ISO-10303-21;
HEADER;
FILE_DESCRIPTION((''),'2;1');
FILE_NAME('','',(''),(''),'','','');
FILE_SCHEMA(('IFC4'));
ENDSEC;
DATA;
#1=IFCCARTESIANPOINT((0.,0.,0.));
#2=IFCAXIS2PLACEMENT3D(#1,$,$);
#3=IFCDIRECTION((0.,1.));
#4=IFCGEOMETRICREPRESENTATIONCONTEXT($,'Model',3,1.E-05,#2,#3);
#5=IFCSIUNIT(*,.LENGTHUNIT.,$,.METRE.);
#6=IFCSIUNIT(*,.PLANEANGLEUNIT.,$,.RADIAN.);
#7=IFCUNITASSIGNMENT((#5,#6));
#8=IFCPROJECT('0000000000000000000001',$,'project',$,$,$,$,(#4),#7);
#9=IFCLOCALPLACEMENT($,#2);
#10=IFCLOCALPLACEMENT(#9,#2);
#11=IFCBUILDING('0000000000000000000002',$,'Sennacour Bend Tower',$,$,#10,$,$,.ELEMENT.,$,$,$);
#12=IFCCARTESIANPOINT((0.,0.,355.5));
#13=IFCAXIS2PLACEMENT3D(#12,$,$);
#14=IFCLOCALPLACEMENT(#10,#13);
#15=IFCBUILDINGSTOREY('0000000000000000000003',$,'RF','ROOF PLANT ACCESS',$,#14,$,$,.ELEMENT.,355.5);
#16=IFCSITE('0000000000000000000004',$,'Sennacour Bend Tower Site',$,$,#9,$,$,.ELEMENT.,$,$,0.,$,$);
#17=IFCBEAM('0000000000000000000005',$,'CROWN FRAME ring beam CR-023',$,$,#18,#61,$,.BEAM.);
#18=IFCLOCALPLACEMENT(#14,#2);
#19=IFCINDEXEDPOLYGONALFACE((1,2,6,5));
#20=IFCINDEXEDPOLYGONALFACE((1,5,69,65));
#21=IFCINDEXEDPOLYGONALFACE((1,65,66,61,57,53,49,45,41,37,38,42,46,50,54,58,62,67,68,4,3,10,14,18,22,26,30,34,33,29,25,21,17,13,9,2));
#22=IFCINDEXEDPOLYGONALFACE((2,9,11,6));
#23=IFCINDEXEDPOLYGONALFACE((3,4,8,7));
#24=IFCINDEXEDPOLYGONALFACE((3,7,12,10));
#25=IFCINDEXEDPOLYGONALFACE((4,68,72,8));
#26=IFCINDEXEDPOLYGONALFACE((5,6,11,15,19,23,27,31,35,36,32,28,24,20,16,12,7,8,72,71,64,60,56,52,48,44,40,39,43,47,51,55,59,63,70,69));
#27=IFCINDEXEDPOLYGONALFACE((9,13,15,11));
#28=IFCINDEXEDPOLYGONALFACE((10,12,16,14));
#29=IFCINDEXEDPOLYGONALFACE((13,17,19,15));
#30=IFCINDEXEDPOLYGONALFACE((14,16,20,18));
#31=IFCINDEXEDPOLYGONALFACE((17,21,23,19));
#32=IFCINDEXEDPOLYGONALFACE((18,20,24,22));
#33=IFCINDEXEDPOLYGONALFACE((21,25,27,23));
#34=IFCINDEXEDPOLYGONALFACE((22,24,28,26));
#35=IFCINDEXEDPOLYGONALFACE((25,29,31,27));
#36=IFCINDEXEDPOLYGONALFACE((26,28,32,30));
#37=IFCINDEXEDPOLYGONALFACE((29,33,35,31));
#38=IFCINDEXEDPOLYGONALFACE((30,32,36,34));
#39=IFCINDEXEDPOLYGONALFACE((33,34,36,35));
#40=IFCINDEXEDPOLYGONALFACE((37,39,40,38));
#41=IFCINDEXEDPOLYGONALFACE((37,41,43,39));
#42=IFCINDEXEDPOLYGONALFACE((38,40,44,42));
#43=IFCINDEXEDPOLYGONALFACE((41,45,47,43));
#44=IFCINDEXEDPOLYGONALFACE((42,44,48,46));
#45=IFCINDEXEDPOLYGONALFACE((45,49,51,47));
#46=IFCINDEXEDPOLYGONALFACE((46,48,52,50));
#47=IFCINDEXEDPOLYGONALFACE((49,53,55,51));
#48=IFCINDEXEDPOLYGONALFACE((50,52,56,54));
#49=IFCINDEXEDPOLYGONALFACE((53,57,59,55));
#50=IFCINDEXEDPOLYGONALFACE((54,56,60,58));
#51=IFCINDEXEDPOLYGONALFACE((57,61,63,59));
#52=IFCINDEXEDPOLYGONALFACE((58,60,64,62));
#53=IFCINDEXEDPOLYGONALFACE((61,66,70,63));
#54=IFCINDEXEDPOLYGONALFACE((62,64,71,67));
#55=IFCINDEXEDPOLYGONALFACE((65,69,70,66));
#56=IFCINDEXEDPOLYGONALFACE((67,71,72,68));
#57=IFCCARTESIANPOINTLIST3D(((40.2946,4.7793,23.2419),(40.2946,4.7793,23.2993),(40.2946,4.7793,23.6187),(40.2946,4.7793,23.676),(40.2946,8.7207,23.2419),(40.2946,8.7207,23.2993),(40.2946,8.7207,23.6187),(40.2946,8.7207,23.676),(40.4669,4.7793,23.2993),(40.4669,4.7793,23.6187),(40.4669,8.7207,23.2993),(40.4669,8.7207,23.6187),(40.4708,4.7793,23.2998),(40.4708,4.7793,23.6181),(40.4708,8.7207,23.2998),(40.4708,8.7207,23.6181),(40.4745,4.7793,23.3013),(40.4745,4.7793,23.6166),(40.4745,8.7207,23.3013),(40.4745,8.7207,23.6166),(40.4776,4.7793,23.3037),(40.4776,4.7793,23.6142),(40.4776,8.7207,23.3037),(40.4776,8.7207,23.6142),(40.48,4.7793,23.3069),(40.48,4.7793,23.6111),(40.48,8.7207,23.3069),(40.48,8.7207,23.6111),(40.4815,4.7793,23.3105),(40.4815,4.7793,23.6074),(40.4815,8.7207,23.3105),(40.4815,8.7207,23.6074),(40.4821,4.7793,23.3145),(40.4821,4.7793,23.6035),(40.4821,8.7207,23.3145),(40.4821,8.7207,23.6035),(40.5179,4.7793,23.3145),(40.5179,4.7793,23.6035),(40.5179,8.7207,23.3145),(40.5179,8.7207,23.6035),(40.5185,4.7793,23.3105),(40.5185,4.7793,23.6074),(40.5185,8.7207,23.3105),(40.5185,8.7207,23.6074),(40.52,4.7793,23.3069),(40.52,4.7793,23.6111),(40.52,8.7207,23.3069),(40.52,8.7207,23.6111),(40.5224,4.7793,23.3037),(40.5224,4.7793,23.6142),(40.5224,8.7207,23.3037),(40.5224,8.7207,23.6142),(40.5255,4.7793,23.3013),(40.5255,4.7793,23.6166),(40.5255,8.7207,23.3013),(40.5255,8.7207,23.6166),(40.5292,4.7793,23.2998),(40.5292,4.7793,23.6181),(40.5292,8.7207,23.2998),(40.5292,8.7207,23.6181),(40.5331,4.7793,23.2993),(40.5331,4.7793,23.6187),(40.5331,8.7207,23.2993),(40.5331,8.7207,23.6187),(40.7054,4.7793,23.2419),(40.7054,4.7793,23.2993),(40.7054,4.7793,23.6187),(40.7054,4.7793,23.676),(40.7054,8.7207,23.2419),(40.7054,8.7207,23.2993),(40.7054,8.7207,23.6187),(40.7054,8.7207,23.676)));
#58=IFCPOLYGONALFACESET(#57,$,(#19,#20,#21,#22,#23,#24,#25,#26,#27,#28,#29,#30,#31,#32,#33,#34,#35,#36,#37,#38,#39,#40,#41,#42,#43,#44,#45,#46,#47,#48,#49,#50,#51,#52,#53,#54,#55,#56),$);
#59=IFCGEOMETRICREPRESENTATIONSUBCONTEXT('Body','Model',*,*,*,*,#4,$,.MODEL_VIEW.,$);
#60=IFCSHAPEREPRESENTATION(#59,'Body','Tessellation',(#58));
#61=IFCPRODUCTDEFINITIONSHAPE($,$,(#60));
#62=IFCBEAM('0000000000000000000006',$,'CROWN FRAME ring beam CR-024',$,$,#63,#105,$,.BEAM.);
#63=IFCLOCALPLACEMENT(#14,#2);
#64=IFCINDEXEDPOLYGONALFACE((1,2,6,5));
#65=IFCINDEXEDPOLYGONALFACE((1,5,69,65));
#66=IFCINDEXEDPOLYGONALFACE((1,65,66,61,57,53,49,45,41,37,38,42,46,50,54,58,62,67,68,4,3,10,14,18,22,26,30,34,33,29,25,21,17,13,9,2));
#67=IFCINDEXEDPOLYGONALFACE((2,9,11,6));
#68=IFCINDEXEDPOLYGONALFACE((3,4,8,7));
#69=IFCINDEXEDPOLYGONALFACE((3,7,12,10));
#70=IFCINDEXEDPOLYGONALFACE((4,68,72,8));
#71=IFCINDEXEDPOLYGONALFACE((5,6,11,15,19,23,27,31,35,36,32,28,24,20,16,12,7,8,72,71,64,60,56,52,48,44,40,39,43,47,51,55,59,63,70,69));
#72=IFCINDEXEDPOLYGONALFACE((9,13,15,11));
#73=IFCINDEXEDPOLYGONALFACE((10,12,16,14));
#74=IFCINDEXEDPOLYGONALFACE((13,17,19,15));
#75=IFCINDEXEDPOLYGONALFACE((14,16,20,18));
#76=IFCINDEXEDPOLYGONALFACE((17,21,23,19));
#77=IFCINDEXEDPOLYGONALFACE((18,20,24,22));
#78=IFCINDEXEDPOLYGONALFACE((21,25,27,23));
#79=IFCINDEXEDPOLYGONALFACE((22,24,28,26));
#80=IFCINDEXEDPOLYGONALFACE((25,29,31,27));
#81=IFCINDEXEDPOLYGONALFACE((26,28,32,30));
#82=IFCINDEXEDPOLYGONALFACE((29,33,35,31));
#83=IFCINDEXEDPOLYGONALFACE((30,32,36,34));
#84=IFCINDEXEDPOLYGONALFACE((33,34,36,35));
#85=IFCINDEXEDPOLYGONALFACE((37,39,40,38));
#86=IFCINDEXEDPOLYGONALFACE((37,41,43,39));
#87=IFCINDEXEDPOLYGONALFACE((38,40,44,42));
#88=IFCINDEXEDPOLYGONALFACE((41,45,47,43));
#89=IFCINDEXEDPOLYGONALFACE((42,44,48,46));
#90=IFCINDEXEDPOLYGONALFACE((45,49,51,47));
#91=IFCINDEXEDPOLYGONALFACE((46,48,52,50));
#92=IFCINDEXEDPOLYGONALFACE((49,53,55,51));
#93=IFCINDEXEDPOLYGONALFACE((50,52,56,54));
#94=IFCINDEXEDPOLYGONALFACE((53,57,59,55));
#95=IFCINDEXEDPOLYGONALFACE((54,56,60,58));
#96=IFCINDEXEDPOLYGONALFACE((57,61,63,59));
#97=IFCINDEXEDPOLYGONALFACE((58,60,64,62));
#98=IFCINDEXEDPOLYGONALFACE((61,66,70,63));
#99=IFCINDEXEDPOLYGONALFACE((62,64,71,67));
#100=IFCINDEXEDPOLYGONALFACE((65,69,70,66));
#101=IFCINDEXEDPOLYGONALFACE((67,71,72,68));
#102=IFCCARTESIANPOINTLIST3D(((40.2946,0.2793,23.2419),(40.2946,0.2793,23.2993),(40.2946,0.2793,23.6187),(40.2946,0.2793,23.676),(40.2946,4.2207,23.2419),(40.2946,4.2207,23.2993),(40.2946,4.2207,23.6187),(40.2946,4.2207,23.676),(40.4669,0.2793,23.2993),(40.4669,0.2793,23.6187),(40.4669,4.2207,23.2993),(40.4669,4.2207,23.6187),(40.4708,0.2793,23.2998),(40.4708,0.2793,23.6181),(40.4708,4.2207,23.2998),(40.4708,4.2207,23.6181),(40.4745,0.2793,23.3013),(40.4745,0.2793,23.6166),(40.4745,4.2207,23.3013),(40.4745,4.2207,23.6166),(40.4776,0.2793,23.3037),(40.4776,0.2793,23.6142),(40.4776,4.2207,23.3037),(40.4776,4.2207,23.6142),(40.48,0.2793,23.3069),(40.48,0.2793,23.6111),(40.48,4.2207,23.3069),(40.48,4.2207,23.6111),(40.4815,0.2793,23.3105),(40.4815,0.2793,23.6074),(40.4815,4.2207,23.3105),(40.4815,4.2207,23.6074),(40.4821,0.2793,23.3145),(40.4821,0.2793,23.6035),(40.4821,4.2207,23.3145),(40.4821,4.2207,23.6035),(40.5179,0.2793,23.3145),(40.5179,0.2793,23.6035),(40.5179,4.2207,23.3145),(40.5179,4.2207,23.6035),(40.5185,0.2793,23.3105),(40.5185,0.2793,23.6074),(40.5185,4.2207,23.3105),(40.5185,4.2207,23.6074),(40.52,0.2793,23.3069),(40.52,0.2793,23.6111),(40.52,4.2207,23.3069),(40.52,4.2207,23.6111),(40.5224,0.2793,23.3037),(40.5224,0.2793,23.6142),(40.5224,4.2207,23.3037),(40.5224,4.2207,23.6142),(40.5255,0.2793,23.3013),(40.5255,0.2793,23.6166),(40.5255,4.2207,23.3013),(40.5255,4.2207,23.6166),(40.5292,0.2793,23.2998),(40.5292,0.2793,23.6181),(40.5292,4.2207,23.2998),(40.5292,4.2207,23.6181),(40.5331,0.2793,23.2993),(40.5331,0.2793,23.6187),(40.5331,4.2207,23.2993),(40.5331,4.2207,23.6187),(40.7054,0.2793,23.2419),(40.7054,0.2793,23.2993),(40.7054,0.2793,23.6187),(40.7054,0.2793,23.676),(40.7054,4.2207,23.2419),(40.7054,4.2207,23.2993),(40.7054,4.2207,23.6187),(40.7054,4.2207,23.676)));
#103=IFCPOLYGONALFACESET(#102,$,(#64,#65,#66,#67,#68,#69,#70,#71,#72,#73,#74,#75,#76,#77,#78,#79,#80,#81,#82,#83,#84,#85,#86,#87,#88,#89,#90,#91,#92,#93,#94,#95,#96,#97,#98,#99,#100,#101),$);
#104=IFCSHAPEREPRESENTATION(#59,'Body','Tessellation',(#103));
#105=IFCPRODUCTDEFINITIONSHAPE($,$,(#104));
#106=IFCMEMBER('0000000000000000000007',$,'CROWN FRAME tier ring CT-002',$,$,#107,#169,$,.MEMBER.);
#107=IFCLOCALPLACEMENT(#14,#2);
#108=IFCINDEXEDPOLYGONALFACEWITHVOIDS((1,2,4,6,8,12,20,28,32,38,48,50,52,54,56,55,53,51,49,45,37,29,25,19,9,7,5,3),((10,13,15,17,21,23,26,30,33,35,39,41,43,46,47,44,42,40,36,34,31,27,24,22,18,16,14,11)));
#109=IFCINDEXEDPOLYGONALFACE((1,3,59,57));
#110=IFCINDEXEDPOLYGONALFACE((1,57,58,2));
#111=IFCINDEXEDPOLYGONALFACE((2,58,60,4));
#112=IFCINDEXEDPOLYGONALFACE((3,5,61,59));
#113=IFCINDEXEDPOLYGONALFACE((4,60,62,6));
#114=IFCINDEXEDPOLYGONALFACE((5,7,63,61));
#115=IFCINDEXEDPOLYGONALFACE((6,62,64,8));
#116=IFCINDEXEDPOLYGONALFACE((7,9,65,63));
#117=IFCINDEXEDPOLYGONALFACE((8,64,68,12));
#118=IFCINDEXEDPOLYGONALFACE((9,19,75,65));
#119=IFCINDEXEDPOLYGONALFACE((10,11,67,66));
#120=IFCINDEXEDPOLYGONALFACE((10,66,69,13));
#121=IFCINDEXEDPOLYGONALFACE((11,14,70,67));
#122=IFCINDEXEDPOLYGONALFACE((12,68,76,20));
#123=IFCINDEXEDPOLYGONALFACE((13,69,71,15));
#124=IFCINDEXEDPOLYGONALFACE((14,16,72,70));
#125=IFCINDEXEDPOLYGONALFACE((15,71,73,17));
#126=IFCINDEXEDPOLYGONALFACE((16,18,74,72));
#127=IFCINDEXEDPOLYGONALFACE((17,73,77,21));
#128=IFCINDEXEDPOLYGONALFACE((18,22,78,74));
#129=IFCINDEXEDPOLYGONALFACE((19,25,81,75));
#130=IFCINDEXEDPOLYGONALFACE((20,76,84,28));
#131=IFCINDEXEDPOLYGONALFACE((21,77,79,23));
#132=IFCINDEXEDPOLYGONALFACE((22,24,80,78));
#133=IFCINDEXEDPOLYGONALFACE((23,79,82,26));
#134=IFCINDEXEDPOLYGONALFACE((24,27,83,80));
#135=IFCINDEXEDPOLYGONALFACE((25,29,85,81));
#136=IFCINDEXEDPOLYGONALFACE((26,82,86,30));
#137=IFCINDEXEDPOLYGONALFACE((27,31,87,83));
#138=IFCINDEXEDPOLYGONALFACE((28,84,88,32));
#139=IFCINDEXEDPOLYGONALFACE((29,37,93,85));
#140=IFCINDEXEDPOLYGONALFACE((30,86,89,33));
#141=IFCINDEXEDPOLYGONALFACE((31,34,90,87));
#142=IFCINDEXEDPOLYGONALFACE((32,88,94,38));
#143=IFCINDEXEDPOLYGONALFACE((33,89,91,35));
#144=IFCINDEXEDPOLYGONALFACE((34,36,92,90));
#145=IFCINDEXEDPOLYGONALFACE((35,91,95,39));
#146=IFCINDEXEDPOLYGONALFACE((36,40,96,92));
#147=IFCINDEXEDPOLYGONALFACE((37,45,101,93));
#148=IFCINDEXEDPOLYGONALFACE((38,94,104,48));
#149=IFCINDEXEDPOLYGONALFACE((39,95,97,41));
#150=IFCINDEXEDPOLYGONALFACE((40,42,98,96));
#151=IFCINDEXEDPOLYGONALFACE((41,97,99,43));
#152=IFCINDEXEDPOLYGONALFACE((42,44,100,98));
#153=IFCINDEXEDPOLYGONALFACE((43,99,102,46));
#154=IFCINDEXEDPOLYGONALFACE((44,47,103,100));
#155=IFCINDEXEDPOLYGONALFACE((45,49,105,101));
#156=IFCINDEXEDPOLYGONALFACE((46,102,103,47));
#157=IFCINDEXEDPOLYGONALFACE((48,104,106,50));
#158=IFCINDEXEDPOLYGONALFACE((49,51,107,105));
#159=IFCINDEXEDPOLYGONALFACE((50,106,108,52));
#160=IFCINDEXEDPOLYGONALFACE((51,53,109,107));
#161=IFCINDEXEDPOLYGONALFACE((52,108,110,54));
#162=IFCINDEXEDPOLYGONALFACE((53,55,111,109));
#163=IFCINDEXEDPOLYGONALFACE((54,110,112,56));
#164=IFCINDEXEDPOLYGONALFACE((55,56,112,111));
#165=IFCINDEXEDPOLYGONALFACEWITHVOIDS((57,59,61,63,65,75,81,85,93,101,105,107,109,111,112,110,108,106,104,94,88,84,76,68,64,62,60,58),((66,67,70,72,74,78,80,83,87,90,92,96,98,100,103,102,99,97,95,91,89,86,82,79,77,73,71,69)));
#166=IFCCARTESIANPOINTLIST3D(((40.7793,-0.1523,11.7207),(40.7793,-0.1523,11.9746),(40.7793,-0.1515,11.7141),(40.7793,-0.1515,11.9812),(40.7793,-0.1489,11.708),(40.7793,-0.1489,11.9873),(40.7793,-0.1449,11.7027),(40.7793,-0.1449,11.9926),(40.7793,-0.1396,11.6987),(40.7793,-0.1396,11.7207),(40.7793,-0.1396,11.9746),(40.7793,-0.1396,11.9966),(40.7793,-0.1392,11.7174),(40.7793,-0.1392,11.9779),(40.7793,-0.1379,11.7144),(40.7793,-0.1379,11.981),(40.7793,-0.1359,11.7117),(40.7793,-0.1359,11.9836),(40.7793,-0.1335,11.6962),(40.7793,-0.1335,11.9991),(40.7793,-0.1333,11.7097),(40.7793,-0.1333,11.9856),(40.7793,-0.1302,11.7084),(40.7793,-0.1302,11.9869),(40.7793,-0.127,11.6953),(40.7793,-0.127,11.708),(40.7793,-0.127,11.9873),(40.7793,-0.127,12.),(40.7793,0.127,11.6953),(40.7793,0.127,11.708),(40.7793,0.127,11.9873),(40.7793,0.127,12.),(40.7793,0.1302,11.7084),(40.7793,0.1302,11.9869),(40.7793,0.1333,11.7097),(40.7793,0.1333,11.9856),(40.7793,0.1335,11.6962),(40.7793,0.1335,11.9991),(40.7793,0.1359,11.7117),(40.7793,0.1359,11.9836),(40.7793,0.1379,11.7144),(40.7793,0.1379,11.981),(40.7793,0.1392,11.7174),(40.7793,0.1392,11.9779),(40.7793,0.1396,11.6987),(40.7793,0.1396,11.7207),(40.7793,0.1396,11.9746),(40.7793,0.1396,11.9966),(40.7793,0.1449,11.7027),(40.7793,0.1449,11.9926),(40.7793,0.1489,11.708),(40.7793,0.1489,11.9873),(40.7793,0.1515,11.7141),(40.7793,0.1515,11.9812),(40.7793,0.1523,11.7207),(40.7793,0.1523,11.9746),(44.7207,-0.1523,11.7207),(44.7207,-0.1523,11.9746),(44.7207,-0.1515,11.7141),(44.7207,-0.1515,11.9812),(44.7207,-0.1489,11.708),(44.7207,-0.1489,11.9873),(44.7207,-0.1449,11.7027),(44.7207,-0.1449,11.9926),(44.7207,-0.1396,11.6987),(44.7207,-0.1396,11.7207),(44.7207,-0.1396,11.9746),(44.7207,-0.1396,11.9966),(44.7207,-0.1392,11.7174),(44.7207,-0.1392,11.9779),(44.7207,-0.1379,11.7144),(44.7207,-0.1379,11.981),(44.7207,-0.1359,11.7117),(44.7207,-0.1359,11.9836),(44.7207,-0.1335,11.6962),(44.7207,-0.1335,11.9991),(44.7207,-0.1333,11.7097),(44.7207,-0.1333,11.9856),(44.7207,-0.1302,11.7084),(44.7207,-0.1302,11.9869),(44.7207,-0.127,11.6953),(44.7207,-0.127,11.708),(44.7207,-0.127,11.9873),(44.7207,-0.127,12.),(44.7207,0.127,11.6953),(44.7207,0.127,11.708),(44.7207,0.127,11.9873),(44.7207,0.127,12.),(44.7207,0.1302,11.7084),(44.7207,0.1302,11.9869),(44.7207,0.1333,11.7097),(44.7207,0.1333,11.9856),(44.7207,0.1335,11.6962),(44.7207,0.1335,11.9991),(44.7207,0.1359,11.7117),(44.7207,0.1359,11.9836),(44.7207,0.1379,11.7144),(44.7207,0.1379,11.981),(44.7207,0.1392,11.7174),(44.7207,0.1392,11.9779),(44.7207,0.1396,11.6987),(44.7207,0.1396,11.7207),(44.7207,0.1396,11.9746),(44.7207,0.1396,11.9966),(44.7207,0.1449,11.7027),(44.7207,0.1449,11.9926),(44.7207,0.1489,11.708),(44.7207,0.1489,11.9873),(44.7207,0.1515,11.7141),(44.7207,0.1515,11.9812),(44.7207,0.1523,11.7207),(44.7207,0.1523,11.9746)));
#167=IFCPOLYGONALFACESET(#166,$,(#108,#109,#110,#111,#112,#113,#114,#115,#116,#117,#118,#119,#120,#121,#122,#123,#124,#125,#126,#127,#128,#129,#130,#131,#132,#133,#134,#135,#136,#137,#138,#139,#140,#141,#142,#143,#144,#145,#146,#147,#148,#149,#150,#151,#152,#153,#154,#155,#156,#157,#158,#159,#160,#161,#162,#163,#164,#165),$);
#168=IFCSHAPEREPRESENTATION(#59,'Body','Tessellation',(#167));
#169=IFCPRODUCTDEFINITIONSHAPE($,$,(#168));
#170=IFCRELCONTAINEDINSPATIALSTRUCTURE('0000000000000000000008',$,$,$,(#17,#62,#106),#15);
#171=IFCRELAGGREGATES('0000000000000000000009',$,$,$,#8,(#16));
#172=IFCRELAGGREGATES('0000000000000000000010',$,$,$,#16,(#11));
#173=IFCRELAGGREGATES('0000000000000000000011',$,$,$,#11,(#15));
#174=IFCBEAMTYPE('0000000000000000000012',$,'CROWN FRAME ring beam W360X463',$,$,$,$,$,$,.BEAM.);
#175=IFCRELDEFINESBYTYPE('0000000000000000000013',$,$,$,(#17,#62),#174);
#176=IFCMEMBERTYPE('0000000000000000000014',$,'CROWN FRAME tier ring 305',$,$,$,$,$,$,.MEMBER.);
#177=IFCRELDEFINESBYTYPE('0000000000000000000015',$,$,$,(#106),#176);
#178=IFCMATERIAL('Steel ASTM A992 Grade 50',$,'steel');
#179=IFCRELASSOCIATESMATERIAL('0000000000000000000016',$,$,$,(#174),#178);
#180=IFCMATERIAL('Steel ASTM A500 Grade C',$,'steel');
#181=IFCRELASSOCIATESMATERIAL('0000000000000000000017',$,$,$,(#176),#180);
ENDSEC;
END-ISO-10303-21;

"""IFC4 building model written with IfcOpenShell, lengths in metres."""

from ifc_helpers import new_model, si_unit, direction, frame, origin, origin_2d, place, context, subcontext, project, spatial, hollow_rectangle, i_section, extrude, material, material_profile, profile_set, type_object, element, save


model = new_model("IFC4")

# Units and contexts
model_context = context("Model", 3, precision=1e-05, world=origin(), true_north=direction((0.0, 1.0)))
body_context = subcontext(model_context, "Body", "Model", "MODEL_VIEW")
ifc_project = project(units=[si_unit("LENGTHUNIT", "METRE"), si_unit("PLANEANGLEUNIT", "RADIAN")], contexts=[model_context])

# Site, building, storey
site_placement = place(None, origin())
site = spatial("IfcSite", under=ifc_project, at=site_placement, Name="Sennacour Bend Tower Site", CompositionType="ELEMENT", RefElevation=0.0)
building_placement = place(site_placement, origin())
building = spatial("IfcBuilding", under=site, at=building_placement, Name="Sennacour Bend Tower", CompositionType="ELEMENT")
storey_placement = place(building_placement, frame((0.0, 0.0, 355.5)))
storey = spatial("IfcBuildingStorey", under=building, at=storey_placement, Name="RF", Description="ROOF PLANT ACCESS", CompositionType="ELEMENT", Elevation=355.5)

# Shared definitions
ifc_material_1 = material(Name="Steel ASTM A500 Grade C", Category="steel")

# Beams
ifc_material_2 = material(Name="Steel ASTM A992 Grade 50", Category="steel")
ifc_material_profile_1 = material_profile(ifc_material_2, i_section(OverallWidth=0.4109, OverallDepth=0.4341, WebThickness=0.0359, FlangeThickness=0.0574, FilletRadius=0.0151, at=origin_2d()), Name="Steel ASTM A992 Grade 50", Category="steel")
ifc_profile_set_1 = profile_set([ifc_material_profile_1], Name="Steel ASTM A992 Grade 50")
beam_type = type_object("IfcBeamType", Name="CROWN FRAME ring beam W360X463", PredefinedType="BEAM", material=ifc_profile_set_1)
for number, where, z_axis, x_axis, name in (
    (1, (40.5, 8.7207, 23.459), (0.0, -1.0, 0.0), (1.0, 0.0, 0.0), "CROWN FRAME ring beam CR-023"),
    (2, (40.5, 4.2207, 23.459), (0.0, -1.0, 0.0), (1.0, 0.0, 0.0), "CROWN FRAME ring beam CR-024"),
):
    element("IfcBeam", number, at=place(storey_placement, frame(where, z_axis=z_axis, x_axis=x_axis)), inside=storey, type_object=beam_type, Name=name, PredefinedType="BEAM", context=body_context, shape_type="SweptSolid", body=[
        extrude(i_section(OverallWidth=0.4109, OverallDepth=0.4341, WebThickness=0.0359, FlangeThickness=0.0574, FilletRadius=0.0151, at=origin_2d()), origin(), (0.0, 0.0, 1.0), 3.9414),
    ])

# Member
ifc_material_profile_2 = material_profile(ifc_material_1, hollow_rectangle(XDim=0.3047, YDim=0.3047, WallThickness=0.0127, InnerFilletRadius=0.0127, OuterFilletRadius=0.0254, at=origin_2d()), Name="Steel ASTM A500 Grade C", Category="steel")
ifc_profile_set_2 = profile_set([ifc_material_profile_2], Name="Steel ASTM A500 Grade C")
member_type_1 = type_object("IfcMemberType", Name="CROWN FRAME tier ring 305", PredefinedType="MEMBER", material=ifc_profile_set_2)
for number, where, z_axis, x_axis, name in (
    (3, (40.7793, 0.0, 11.8477), (1.0, 0.0, 0.0), (0.0, 1.0, 0.0), "CROWN FRAME tier ring CT-002"),
):
    element("IfcMember", number, at=place(storey_placement, frame(where, z_axis=z_axis, x_axis=x_axis)), inside=storey, type_object=member_type_1, Name=name, PredefinedType="MEMBER", context=body_context, shape_type="SweptSolid", body=[
        extrude(hollow_rectangle(XDim=0.3047, YDim=0.3047, WallThickness=0.0127, InnerFilletRadius=0.0127, OuterFilletRadius=0.0254, at=origin_2d()), origin(), (0.0, 0.0, 1.0), 3.9414),
    ])

save(model, "model.ifc")
